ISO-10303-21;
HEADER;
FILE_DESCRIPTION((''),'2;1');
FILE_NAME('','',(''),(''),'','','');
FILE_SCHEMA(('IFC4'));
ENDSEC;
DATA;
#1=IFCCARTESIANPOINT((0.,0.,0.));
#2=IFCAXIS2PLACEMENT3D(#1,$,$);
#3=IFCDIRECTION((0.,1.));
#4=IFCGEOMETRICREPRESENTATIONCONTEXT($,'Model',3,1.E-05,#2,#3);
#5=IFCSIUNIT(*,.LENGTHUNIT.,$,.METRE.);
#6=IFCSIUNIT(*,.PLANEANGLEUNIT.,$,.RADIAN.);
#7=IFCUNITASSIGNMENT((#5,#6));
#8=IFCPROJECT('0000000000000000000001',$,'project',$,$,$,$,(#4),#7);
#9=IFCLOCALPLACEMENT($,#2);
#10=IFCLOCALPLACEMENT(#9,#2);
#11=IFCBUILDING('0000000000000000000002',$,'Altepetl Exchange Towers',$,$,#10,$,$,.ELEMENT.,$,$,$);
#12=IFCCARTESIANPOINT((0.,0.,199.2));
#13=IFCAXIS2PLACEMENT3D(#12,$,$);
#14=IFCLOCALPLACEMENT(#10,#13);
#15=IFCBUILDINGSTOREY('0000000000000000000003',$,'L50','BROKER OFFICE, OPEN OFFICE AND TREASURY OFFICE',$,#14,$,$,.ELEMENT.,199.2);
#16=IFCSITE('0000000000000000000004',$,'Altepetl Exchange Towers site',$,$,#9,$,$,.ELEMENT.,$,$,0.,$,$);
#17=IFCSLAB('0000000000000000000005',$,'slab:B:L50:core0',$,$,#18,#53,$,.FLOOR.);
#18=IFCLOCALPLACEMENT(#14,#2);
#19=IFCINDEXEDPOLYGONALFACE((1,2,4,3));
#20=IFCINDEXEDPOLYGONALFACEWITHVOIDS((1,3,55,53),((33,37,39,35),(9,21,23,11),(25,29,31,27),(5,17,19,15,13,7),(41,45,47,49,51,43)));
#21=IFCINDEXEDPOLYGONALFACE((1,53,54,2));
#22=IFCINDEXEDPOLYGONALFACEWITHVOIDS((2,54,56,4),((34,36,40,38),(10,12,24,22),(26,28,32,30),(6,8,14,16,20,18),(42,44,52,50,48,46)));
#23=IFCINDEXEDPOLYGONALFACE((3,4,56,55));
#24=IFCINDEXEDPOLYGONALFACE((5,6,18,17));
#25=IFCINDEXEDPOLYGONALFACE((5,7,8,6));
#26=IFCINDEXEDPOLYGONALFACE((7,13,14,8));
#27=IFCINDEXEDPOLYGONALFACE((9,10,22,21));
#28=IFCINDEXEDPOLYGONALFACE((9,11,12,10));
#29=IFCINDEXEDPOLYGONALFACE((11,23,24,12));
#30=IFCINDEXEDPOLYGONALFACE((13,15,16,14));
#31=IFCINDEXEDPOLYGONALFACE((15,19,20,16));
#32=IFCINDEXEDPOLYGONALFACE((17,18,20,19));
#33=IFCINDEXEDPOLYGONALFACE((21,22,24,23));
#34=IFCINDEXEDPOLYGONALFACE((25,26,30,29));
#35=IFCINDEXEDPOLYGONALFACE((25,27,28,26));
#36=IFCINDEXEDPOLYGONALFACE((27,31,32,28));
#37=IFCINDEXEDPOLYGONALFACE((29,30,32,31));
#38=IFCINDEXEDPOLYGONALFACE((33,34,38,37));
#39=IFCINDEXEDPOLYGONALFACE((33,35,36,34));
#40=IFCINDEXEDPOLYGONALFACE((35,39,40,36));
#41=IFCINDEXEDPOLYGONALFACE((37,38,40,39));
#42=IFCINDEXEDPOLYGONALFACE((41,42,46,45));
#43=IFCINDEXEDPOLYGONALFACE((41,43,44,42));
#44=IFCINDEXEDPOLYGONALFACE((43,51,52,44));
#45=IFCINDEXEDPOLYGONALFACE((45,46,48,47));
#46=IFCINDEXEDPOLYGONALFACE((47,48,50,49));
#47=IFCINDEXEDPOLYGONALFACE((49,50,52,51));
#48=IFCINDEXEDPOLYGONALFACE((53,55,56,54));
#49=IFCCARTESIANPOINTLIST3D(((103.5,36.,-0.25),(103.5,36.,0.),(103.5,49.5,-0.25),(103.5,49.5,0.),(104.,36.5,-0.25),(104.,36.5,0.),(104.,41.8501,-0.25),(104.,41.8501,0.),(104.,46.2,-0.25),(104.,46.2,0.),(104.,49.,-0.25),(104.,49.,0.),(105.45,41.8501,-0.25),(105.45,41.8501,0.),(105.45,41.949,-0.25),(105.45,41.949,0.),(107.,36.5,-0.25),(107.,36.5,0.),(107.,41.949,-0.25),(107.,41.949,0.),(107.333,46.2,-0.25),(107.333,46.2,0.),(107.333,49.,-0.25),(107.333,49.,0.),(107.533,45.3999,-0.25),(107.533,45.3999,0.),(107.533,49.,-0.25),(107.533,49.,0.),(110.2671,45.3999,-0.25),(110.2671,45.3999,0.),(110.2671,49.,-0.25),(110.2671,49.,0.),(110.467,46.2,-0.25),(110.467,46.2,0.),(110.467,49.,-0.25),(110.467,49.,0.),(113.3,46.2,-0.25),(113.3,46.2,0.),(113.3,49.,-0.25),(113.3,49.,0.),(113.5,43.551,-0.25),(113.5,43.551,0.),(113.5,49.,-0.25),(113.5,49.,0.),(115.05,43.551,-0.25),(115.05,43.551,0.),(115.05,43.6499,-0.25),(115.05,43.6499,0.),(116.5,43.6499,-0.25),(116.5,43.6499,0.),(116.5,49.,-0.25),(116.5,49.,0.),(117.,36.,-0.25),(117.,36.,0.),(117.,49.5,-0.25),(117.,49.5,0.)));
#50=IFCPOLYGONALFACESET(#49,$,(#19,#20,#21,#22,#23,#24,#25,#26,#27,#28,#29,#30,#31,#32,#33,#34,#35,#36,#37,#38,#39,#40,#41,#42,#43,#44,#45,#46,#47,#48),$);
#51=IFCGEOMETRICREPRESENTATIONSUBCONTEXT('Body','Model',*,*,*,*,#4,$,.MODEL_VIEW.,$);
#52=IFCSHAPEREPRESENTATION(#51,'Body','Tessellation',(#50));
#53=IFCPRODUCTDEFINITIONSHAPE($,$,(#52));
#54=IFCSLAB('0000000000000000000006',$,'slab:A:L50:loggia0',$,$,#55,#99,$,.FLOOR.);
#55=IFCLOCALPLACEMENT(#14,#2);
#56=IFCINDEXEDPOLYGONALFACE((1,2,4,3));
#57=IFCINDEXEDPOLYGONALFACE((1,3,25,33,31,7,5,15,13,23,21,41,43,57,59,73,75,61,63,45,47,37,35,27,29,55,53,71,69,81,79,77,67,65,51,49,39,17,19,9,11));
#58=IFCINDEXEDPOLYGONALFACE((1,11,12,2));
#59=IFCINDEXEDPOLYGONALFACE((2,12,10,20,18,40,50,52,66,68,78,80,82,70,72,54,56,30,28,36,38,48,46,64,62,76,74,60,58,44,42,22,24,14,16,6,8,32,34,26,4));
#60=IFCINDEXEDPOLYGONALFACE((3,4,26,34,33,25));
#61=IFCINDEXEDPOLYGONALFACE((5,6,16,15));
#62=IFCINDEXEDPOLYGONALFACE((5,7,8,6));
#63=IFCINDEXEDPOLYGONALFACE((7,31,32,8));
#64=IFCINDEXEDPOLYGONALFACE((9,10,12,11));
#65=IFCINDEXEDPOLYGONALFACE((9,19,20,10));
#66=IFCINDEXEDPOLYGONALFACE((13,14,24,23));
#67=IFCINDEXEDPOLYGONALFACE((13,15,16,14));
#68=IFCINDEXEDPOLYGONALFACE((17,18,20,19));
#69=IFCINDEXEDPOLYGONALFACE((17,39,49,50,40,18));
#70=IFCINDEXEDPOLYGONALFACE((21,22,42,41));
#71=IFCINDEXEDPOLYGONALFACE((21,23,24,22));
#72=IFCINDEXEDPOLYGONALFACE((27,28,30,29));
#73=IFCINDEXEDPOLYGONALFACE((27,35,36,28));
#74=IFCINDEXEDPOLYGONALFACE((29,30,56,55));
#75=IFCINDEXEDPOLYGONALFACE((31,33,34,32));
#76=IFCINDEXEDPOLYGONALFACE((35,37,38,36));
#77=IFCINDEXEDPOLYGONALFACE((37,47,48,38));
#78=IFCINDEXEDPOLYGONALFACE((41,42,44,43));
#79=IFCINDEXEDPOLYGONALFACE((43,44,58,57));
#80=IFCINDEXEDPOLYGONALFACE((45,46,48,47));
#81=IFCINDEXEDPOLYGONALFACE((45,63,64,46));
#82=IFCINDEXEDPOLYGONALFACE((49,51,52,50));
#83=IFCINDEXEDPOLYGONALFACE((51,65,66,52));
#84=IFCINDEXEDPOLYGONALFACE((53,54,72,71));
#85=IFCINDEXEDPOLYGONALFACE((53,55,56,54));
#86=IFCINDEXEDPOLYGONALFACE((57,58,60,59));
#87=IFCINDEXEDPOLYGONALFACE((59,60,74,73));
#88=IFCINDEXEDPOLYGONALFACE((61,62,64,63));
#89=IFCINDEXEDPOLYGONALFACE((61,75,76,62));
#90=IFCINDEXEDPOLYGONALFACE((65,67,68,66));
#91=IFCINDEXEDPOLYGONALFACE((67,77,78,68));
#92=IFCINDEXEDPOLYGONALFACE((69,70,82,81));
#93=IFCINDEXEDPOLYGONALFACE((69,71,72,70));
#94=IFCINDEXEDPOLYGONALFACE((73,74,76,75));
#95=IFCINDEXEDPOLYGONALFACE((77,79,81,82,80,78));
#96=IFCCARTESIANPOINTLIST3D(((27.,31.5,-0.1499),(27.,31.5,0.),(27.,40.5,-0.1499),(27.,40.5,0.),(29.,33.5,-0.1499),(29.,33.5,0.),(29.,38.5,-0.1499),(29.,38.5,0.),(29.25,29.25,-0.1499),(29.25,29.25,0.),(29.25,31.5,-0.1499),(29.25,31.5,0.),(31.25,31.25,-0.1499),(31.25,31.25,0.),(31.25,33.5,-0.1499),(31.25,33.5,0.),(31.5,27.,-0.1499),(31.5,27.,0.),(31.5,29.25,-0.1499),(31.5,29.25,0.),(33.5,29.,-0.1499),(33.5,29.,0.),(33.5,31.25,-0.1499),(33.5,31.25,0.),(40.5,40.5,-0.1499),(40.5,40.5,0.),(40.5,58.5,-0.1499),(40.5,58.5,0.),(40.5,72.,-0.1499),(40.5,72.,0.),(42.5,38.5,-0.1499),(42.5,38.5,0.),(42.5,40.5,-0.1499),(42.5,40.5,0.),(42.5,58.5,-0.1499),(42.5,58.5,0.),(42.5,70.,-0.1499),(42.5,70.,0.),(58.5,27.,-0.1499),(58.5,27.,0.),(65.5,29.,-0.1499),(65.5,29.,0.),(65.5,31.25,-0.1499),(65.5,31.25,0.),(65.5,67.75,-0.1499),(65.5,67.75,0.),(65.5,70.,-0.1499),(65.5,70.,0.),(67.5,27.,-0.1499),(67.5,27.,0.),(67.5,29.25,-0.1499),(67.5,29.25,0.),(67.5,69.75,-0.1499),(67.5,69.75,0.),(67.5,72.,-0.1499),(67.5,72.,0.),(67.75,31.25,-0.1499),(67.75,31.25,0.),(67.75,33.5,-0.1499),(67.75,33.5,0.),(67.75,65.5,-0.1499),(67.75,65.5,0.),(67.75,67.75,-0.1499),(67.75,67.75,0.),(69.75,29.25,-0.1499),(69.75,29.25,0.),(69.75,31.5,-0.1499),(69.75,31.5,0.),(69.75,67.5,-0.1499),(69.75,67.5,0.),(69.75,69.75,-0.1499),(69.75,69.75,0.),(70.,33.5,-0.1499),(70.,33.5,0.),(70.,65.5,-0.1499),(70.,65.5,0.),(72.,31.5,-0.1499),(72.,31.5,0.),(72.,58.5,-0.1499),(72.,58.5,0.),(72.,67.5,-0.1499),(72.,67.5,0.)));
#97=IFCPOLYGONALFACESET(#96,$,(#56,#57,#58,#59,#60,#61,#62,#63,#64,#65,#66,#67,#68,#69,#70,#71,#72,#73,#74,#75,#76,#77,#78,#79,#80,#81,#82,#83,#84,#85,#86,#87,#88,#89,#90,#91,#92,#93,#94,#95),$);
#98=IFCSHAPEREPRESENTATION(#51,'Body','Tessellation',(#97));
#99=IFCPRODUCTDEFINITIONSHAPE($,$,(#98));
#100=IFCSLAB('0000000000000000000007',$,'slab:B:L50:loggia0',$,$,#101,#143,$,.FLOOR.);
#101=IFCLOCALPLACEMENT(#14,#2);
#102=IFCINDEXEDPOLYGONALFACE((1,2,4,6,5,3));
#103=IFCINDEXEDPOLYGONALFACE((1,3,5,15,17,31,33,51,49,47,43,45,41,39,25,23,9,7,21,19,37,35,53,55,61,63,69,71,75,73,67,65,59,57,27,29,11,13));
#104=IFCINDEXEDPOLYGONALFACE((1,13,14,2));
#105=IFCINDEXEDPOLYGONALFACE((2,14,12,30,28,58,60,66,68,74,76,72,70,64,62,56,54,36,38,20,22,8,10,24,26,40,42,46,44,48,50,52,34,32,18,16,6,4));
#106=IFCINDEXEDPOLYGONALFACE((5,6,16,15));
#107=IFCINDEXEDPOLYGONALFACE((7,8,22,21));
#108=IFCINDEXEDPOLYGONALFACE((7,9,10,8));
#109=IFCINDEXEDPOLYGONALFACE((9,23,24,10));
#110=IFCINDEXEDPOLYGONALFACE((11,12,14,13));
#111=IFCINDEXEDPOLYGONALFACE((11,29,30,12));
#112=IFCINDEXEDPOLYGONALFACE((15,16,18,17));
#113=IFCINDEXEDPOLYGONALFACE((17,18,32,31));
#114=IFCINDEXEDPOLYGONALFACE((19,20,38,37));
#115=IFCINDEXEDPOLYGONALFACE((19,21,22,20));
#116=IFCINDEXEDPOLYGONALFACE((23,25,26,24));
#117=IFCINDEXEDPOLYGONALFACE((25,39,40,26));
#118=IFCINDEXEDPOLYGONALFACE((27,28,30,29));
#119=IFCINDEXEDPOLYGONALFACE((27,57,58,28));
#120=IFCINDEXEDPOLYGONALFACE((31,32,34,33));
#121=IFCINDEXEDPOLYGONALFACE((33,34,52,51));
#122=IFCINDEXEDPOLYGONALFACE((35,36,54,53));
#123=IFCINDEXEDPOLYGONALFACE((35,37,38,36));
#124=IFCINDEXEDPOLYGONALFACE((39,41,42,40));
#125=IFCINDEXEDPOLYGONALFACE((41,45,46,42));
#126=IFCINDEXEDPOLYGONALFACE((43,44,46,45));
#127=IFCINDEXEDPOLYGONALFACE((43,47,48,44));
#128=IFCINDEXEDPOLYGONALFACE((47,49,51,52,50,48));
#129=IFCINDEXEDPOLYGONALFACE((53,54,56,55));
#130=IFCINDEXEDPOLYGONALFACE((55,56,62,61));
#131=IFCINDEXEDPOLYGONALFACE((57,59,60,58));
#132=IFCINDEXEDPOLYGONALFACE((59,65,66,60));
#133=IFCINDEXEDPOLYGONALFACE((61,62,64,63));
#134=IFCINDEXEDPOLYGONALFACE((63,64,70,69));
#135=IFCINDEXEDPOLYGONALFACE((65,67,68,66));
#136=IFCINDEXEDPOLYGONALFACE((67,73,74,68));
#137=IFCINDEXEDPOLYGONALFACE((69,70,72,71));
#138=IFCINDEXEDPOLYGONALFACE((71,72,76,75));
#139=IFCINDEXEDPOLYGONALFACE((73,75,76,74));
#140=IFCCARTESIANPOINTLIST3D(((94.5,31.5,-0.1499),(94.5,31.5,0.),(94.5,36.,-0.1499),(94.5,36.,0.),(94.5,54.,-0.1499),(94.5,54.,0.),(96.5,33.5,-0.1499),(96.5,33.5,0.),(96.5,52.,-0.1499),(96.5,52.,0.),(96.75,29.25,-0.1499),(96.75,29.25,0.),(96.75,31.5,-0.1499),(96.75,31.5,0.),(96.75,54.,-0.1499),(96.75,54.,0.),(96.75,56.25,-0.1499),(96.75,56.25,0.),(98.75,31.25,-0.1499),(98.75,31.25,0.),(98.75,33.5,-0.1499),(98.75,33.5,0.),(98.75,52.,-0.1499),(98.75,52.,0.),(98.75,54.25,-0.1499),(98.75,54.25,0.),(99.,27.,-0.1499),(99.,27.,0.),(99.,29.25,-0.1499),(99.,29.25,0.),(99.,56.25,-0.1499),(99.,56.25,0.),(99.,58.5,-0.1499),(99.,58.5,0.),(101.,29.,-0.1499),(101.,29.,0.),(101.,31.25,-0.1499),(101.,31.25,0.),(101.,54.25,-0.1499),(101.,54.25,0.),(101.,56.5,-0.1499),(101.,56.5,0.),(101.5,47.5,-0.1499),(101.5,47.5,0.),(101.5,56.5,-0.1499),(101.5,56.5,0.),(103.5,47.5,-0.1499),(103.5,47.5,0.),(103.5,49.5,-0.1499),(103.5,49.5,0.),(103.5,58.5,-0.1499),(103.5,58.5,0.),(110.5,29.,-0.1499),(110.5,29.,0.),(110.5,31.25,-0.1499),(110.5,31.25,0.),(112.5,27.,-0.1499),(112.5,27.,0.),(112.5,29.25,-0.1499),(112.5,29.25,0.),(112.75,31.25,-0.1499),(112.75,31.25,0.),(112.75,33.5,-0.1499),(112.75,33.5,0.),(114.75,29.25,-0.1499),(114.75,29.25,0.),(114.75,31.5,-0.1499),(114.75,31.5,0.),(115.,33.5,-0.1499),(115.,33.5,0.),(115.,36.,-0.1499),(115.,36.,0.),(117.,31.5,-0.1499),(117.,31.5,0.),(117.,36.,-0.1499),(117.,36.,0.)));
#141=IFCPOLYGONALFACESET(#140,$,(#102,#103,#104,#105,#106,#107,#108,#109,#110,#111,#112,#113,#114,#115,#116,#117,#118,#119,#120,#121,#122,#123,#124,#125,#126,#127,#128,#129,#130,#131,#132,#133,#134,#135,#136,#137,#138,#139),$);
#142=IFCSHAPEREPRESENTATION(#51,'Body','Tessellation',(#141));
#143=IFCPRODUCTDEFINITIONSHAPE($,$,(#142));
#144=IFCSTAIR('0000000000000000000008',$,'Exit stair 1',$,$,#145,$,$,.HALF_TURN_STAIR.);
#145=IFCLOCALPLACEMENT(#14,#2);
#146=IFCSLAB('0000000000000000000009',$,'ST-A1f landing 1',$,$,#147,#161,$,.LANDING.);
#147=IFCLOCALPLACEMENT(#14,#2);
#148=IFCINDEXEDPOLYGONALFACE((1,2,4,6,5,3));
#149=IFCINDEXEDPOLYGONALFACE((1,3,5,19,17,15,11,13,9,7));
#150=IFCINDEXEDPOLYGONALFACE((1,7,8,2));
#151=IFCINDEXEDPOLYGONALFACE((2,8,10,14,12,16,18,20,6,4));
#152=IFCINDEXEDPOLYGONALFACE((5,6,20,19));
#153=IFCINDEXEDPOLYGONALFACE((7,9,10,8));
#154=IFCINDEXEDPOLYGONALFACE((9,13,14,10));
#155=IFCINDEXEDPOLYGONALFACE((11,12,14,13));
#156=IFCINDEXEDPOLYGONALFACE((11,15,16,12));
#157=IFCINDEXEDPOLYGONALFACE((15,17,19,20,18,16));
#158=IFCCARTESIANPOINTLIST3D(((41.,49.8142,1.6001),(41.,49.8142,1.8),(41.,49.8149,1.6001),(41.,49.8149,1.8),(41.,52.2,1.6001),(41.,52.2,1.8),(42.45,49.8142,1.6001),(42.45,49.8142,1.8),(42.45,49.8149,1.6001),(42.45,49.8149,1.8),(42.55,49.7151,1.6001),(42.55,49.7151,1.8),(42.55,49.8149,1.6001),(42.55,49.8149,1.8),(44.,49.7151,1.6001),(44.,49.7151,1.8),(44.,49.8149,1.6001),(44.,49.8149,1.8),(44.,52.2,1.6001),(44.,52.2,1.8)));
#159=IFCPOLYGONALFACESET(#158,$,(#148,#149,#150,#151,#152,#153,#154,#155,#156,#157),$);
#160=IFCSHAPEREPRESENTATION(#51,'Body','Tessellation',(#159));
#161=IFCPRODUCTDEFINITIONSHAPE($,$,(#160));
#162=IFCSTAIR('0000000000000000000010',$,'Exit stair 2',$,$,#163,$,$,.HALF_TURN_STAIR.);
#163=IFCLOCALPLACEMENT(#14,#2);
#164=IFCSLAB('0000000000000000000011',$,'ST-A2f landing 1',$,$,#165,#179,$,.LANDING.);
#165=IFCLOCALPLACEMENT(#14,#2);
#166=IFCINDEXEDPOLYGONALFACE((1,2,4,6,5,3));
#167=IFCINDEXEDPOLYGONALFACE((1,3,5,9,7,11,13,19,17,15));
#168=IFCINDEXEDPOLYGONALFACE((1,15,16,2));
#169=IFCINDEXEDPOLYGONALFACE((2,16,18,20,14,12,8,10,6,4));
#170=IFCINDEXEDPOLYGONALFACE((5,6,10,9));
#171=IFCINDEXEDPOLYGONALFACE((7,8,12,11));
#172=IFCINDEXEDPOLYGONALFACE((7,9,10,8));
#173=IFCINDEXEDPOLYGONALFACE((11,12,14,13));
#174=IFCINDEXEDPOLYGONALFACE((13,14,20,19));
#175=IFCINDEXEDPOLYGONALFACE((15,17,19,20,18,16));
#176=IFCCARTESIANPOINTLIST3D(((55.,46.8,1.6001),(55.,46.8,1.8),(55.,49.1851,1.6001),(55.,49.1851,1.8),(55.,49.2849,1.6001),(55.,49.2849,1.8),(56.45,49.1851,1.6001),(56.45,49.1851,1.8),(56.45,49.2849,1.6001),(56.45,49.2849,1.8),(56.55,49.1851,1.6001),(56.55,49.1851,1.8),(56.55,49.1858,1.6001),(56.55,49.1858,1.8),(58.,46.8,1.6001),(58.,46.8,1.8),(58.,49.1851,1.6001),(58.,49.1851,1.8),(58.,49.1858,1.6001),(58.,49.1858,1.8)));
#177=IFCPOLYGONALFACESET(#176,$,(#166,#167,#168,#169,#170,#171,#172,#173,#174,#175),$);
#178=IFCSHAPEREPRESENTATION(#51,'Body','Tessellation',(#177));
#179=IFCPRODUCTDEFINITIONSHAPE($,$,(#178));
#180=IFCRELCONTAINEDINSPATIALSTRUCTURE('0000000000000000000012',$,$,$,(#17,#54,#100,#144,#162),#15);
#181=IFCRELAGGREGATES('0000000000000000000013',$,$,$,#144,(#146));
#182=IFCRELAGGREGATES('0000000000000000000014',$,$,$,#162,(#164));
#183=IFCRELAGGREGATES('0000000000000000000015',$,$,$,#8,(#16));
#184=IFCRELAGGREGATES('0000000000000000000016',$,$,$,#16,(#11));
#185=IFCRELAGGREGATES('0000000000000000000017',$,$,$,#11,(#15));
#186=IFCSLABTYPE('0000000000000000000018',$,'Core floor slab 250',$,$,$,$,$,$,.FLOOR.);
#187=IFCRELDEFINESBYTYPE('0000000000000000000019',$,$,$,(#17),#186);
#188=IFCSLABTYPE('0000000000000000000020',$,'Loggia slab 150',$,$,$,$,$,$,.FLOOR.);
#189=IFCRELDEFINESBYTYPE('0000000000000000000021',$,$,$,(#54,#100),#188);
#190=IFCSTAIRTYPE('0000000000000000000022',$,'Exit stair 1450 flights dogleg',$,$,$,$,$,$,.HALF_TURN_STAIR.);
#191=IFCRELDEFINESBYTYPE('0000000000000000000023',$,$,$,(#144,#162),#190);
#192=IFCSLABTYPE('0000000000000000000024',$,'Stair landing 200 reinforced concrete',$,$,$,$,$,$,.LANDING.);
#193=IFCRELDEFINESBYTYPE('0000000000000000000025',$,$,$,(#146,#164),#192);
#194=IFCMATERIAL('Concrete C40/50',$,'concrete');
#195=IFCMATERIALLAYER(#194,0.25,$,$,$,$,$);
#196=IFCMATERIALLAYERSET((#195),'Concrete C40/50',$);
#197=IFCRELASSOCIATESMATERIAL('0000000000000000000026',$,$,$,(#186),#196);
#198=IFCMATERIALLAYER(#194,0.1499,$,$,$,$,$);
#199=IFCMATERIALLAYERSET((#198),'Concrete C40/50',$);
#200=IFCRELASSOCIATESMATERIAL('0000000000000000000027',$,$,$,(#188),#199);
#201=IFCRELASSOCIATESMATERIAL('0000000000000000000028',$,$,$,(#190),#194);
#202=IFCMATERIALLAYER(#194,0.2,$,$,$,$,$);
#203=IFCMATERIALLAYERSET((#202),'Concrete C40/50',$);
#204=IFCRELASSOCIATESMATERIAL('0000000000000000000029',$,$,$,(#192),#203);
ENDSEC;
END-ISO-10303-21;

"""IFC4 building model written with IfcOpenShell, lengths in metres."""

from ifc_helpers import new_model, si_unit, direction, frame, origin, place, context, subcontext, project, spatial, polyline, outline, extrude, material, layer, layer_set, type_object, element, aggregate, save


model = new_model("IFC4")

# Units and contexts
model_context = context("Model", 3, precision=1e-05, world=origin(), true_north=direction((0.0, 1.0)))
body_context = subcontext(model_context, "Body", "Model", "MODEL_VIEW")
ifc_project = project(units=[si_unit("LENGTHUNIT", "METRE"), si_unit("PLANEANGLEUNIT", "RADIAN")], contexts=[model_context])

# Site, building, storey
site_placement = place(None, origin())
site = spatial("IfcSite", under=ifc_project, at=site_placement, Name="Altepetl Exchange Towers site", CompositionType="ELEMENT", RefElevation=0.0)
building_placement = place(site_placement, origin())
building = spatial("IfcBuilding", under=site, at=building_placement, Name="Altepetl Exchange Towers", CompositionType="ELEMENT")
storey_placement = place(building_placement, frame((0.0, 0.0, 199.2)))
storey = spatial("IfcBuildingStorey", under=building, at=storey_placement, Name="L50", Description="BROKER OFFICE, OPEN OFFICE AND TREASURY OFFICE", CompositionType="ELEMENT", Elevation=199.2)

# Slabs
ifc_material_1 = material(Name="Concrete C40/50", Category="concrete")
ifc_layer_1 = layer(ifc_material_1, 0.25)
ifc_layer_set_1 = layer_set([ifc_layer_1], Name="Concrete C40/50")
slab_type_1 = type_object("IfcSlabType", Name="Core floor slab 250", PredefinedType="FLOOR", material=ifc_layer_set_1)
slab_1_placement = place(storey_placement, frame((0.0, 0.0, -0.25)))
element("IfcSlab", 1, at=slab_1_placement, inside=storey, type_object=slab_type_1, Name="slab:B:L50:core0", PredefinedType="FLOOR", context=body_context, shape_type="SweptSolid", body=[
    extrude(outline(polyline([(103.5, 36.0), (117.0, 36.0), (117.0, 49.5), (103.5, 49.5), (103.5, 36.0)]), holes=[polyline([(107.0, 36.5), (104.0, 36.5), (104.0, 41.8501), (105.45, 41.8501), (105.45, 41.949), (107.0, 41.949), (107.0, 36.5)]), polyline([(113.5, 49.0), (116.5, 49.0), (116.5, 43.6499), (115.05, 43.6499), (115.05, 43.551), (113.5, 43.551), (113.5, 49.0)]), polyline([(107.533, 45.3999), (107.533, 49.0), (110.2671, 49.0), (110.2671, 45.3999), (107.533, 45.3999)]), polyline([(104.0, 49.0), (107.333, 49.0), (107.333, 46.2), (104.0, 46.2), (104.0, 49.0)]), polyline([(110.467, 49.0), (113.3, 49.0), (113.3, 46.2), (110.467, 46.2), (110.467, 49.0)])]), origin(), (0.0, 0.0, 1.0), 0.25),
])
ifc_layer_2 = layer(ifc_material_1, 0.1499)
ifc_layer_set_2 = layer_set([ifc_layer_2], Name="Concrete C40/50")
slab_type_2 = type_object("IfcSlabType", Name="Loggia slab 150", PredefinedType="FLOOR", material=ifc_layer_set_2)
slab_2_placement = place(storey_placement, frame((0.0, 0.0, -0.1499)))
element("IfcSlab", 2, at=slab_2_placement, inside=storey, type_object=slab_type_2, Name="slab:A:L50:loggia0", PredefinedType="FLOOR", context=body_context, shape_type="SweptSolid", body=[
    extrude(outline(polyline([(40.5, 72.0), (40.5, 58.5), (42.5, 58.5), (42.5, 70.0), (65.5, 70.0), (65.5, 67.75), (67.75, 67.75), (67.75, 65.5), (70.0, 65.5), (70.0, 33.5), (67.75, 33.5), (67.75, 31.25), (65.5, 31.25), (65.5, 29.0), (33.5, 29.0), (33.5, 31.25), (31.25, 31.25), (31.25, 33.5), (29.0, 33.5), (29.0, 38.5), (42.5, 38.5), (42.5, 40.5), (40.5, 40.5), (27.0, 40.5), (27.0, 31.5), (29.25, 31.5), (29.25, 29.25), (31.5, 29.25), (31.5, 27.0), (58.5, 27.0), (67.5, 27.0), (67.5, 29.25), (69.75, 29.25), (69.75, 31.5), (72.0, 31.5), (72.0, 58.5), (72.0, 67.5), (69.75, 67.5), (69.75, 69.75), (67.5, 69.75), (67.5, 72.0), (40.5, 72.0)])), origin(), (0.0, 0.0, 1.0), 0.1499),
])
slab_3_placement = place(storey_placement, frame((0.0, 0.0, -0.1499)))
element("IfcSlab", 3, at=slab_3_placement, inside=storey, type_object=slab_type_2, Name="slab:B:L50:loggia0", PredefinedType="FLOOR", context=body_context, shape_type="SweptSolid", body=[
    extrude(outline(polyline([(99.0, 29.25), (99.0, 27.0), (112.5, 27.0), (112.5, 29.25), (114.75, 29.25), (114.75, 31.5), (117.0, 31.5), (117.0, 36.0), (115.0, 36.0), (115.0, 33.5), (112.75, 33.5), (112.75, 31.25), (110.5, 31.25), (110.5, 29.0), (101.0, 29.0), (101.0, 31.25), (98.75, 31.25), (98.75, 33.5), (96.5, 33.5), (96.5, 52.0), (98.75, 52.0), (98.75, 54.25), (101.0, 54.25), (101.0, 56.5), (101.5, 56.5), (101.5, 47.5), (103.5, 47.5), (103.5, 49.5), (103.5, 58.5), (99.0, 58.5), (99.0, 56.25), (96.75, 56.25), (96.75, 54.0), (94.5, 54.0), (94.5, 36.0), (94.5, 31.5), (96.75, 31.5), (96.75, 29.25), (99.0, 29.25)])), origin(), (0.0, 0.0, 1.0), 0.1499),
])

# Stairs, slabs
stair_type = type_object("IfcStairType", Name="Exit stair 1450 flights dogleg", PredefinedType="HALF_TURN_STAIR", material=ifc_material_1)
stair_1_placement = place(storey_placement, origin())
stair_1 = element("IfcStair", 4, at=stair_1_placement, inside=storey, type_object=stair_type, Name="Exit stair 1", PredefinedType="HALF_TURN_STAIR")
ifc_layer_3 = layer(ifc_material_1, 0.2)
ifc_layer_set_3 = layer_set([ifc_layer_3], Name="Concrete C40/50")
slab_type_3 = type_object("IfcSlabType", Name="Stair landing 200 reinforced concrete", PredefinedType="LANDING", material=ifc_layer_set_3)
slab_4_placement = place(storey_placement, frame((0.0, 0.0, 1.6001)))
slab_4 = element("IfcSlab", 5, at=slab_4_placement, type_object=slab_type_3, Name="ST-A1f landing 1", PredefinedType="LANDING", context=body_context, shape_type="SweptSolid", body=[
    extrude(outline(polyline([(44.0, 49.7151), (42.55, 49.7151), (42.55, 49.8149), (42.45, 49.8149), (42.45, 49.8142), (41.0, 49.8142), (41.0, 49.8149), (41.0, 52.2), (44.0, 52.2), (44.0, 49.8149), (44.0, 49.7151)])), origin(), (0.0, 0.0, 1.0), 0.2),
])
aggregate(stair_1, [slab_4])
stair_2_placement = place(storey_placement, origin())
stair_2 = element("IfcStair", 6, at=stair_2_placement, inside=storey, type_object=stair_type, Name="Exit stair 2", PredefinedType="HALF_TURN_STAIR")
slab_5_placement = place(storey_placement, frame((0.0, 0.0, 1.6001)))
slab_5 = element("IfcSlab", 7, at=slab_5_placement, type_object=slab_type_3, Name="ST-A2f landing 1", PredefinedType="LANDING", context=body_context, shape_type="SweptSolid", body=[
    extrude(outline(polyline([(58.0, 46.8), (55.0, 46.8), (55.0, 49.1851), (55.0, 49.2849), (56.45, 49.2849), (56.45, 49.1851), (56.55, 49.1851), (56.55, 49.1858), (58.0, 49.1858), (58.0, 49.1851), (58.0, 46.8)])), origin(), (0.0, 0.0, 1.0), 0.2),
])
aggregate(stair_2, [slab_5])

save(model, "model.ifc")
